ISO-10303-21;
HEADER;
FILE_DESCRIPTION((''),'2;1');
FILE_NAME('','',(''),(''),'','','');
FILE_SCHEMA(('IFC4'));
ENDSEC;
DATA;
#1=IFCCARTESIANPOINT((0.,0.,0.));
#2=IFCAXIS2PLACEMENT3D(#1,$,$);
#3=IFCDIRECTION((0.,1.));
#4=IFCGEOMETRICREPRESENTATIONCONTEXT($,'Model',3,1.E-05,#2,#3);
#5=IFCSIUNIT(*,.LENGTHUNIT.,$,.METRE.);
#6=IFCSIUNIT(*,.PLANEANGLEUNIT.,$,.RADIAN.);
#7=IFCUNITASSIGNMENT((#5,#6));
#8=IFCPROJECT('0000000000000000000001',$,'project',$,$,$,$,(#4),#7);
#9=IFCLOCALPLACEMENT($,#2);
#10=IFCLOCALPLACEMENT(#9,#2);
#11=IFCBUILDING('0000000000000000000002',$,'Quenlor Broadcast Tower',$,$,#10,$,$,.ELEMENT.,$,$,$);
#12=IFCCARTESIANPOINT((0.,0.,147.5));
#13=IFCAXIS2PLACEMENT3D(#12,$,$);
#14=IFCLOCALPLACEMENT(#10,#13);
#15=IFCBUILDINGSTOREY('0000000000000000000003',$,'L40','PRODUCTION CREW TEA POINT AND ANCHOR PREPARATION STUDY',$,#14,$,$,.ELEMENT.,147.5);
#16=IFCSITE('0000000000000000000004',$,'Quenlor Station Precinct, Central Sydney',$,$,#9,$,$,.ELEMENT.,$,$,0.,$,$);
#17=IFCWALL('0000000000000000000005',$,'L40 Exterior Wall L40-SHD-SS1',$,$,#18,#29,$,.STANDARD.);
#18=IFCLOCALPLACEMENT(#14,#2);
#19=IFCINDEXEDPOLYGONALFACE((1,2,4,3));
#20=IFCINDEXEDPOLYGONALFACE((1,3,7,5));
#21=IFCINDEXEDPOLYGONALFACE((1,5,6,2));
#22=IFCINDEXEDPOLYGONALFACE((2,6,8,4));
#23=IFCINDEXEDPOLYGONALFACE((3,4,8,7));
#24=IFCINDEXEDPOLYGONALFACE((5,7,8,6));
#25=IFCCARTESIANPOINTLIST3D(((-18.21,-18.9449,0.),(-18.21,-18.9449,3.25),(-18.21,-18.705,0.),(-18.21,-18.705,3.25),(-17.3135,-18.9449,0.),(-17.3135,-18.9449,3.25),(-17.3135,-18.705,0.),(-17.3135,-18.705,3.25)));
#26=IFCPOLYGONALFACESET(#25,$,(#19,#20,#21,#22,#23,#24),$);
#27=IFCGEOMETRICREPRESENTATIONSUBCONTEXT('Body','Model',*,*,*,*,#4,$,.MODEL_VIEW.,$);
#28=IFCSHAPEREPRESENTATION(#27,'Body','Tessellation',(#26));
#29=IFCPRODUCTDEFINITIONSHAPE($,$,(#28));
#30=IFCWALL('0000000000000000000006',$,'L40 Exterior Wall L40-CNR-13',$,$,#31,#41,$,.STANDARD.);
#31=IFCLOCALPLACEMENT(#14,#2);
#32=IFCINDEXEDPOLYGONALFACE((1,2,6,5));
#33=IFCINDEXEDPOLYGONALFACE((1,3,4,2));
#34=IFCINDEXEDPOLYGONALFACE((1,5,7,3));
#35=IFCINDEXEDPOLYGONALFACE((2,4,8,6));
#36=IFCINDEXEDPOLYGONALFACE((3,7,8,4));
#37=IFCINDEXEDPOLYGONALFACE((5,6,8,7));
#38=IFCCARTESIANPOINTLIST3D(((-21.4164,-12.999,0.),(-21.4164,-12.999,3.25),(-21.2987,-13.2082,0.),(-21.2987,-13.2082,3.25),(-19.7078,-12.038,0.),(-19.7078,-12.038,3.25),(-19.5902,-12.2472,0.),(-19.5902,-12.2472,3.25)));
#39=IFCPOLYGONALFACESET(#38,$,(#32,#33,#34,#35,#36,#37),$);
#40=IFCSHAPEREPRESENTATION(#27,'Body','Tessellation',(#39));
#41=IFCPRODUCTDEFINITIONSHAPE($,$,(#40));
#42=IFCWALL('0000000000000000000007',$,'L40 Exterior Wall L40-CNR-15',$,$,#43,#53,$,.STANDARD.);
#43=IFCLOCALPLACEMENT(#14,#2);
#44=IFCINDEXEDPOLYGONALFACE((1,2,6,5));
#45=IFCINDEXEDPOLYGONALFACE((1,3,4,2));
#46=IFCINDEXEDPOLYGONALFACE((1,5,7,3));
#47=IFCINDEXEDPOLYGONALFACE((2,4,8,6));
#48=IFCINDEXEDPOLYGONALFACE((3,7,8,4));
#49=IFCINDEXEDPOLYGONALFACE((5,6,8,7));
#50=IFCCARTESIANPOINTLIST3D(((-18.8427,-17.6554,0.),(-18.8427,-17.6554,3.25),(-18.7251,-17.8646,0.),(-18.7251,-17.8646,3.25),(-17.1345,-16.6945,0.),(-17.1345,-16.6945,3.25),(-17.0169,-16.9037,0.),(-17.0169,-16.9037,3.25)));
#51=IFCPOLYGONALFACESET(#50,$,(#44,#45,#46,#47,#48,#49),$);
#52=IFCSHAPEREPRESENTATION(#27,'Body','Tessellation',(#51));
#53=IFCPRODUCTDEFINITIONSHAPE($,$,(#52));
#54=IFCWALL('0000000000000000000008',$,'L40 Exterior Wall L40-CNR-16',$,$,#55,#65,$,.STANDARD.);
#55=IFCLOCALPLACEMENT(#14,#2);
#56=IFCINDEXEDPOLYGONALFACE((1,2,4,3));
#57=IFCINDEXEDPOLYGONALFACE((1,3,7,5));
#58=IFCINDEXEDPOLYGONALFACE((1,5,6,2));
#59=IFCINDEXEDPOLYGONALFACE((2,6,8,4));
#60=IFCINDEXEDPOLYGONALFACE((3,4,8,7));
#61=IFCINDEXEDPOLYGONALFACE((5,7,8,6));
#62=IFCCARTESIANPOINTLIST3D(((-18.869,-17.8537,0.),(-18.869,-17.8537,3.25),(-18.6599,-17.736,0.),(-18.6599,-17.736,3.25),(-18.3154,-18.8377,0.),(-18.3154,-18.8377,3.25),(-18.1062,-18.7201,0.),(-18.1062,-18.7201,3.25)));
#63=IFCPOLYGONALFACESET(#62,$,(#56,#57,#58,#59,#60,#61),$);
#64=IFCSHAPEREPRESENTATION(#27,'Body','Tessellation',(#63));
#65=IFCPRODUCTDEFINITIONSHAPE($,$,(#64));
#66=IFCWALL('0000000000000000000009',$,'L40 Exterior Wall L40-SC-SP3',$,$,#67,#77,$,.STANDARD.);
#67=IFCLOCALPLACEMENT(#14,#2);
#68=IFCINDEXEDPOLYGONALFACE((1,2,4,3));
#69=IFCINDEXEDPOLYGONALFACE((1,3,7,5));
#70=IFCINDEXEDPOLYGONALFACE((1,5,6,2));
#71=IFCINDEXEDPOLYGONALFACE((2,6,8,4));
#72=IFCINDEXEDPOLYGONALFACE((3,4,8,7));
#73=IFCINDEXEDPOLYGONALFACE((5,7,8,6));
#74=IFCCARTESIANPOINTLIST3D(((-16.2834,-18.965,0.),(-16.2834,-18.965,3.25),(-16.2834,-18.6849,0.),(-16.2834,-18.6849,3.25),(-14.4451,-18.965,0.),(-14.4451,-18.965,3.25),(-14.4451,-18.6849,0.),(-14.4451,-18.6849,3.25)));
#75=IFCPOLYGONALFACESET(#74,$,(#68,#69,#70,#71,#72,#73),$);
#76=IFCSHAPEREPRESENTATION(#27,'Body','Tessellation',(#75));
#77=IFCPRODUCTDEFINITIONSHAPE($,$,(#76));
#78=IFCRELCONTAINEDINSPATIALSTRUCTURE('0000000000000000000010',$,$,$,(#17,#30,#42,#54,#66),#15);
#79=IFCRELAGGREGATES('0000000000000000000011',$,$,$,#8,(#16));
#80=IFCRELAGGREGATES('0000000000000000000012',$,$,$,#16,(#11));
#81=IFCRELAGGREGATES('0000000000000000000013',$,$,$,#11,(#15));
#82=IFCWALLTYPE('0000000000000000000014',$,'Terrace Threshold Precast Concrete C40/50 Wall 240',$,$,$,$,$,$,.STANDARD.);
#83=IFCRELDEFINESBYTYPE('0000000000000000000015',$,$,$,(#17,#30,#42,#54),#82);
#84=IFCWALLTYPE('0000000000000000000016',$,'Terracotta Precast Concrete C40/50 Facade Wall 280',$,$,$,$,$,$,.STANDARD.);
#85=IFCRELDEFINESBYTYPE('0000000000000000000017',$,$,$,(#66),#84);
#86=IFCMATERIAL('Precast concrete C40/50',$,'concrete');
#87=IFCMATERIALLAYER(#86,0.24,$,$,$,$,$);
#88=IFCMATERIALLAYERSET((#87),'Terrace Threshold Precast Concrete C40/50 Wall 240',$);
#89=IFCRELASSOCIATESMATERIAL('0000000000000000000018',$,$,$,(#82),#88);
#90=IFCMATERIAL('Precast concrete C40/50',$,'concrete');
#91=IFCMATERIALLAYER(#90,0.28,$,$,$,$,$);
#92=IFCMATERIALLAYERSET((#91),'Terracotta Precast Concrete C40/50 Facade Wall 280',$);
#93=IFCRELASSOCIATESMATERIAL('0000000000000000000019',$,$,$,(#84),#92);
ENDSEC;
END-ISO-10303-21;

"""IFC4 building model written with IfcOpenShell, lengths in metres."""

from ifc_helpers import new_model, si_unit, direction, frame, frame_2d, origin, place, context, subcontext, project, spatial, rectangle, extrude, material, layer, layer_set, type_object, element, save


model = new_model("IFC4")

# Units and contexts
model_context = context("Model", 3, precision=1e-05, world=origin(), true_north=direction((0.0, 1.0)))
body_context = subcontext(model_context, "Body", "Model", "MODEL_VIEW")
ifc_project = project(units=[si_unit("LENGTHUNIT", "METRE"), si_unit("PLANEANGLEUNIT", "RADIAN")], contexts=[model_context])

# Site, building, storey
site_placement = place(None, origin())
site = spatial("IfcSite", under=ifc_project, at=site_placement, Name="Quenlor Station Precinct, Central Sydney", CompositionType="ELEMENT", RefElevation=0.0)
building_placement = place(site_placement, origin())
building = spatial("IfcBuilding", under=site, at=building_placement, Name="Quenlor Broadcast Tower", CompositionType="ELEMENT")
storey_placement = place(building_placement, frame((0.0, 0.0, 147.5)))
storey = spatial("IfcBuildingStorey", under=building, at=storey_placement, Name="L40", Description="PRODUCTION CREW TEA POINT AND ANCHOR PREPARATION STUDY", CompositionType="ELEMENT", Elevation=147.5)

# Walls
ifc_material_1 = material(Name="Precast concrete C40/50", Category="concrete")
ifc_layer_1 = layer(ifc_material_1, 0.24)
ifc_layer_set_1 = layer_set([ifc_layer_1], Name="Terrace Threshold Precast Concrete C40/50 Wall 240")
wall_type_1 = type_object("IfcWallType", Name="Terrace Threshold Precast Concrete C40/50 Wall 240", PredefinedType="STANDARD", material=ifc_layer_set_1)
wall_1_placement = place(storey_placement, frame((-17.3135, -18.825, 0.0), z_axis=(0.0, 0.0, 1.0), x_axis=(-1.0, 0.0, 0.0)))
element("IfcWall", 1, at=wall_1_placement, inside=storey, type_object=wall_type_1, Name="L40 Exterior Wall L40-SHD-SS1", PredefinedType="STANDARD", context=body_context, shape_type="SweptSolid", body=[
    extrude(rectangle(XDim=0.8965, YDim=0.24, at=frame_2d((0.4482, 0.0))), origin(), (0.0, 0.0, 1.0), 3.25),
])
wall_2_placement = place(storey_placement, frame((-21.3574, -13.1035, 0.0), z_axis=(0.0, 0.0, 1.0), x_axis=(0.871595, 0.490226, 0.0)))
element("IfcWall", 2, at=wall_2_placement, inside=storey, type_object=wall_type_1, Name="L40 Exterior Wall L40-CNR-13", PredefinedType="STANDARD", context=body_context, shape_type="SweptSolid", body=[
    extrude(rectangle(XDim=1.9602, YDim=0.24, at=frame_2d((0.98, 0.0))), origin(), (0.0, 0.0, 1.0), 3.25),
])
wall_3_placement = place(storey_placement, frame((-17.0757, -16.7991, 0.0), z_axis=(0.0, 0.0, 1.0), x_axis=(-0.871566, -0.490279, 0.0)))
element("IfcWall", 3, at=wall_3_placement, inside=storey, type_object=wall_type_1, Name="L40 Exterior Wall L40-CNR-15", PredefinedType="STANDARD", context=body_context, shape_type="SweptSolid", body=[
    extrude(rectangle(XDim=1.96, YDim=0.24, at=frame_2d((0.98, 0.0))), origin(), (0.0, 0.0, 1.0), 3.25),
])
wall_4_placement = place(storey_placement, frame((-18.7644, -17.7949, 0.0), z_axis=(0.0, 0.0, 1.0), x_axis=(0.490354, -0.871524, 0.0)))
element("IfcWall", 4, at=wall_4_placement, inside=storey, type_object=wall_type_1, Name="L40 Exterior Wall L40-CNR-16", PredefinedType="STANDARD", context=body_context, shape_type="SweptSolid", body=[
    extrude(rectangle(XDim=1.1292, YDim=0.24, at=frame_2d((0.5645, 0.0))), origin(), (0.0, 0.0, 1.0), 3.25),
])
ifc_material_2 = material(Name="Precast concrete C40/50", Category="concrete")
ifc_layer_2 = layer(ifc_material_2, 0.28)
ifc_layer_set_2 = layer_set([ifc_layer_2], Name="Terracotta Precast Concrete C40/50 Facade Wall 280")
wall_type_2 = type_object("IfcWallType", Name="Terracotta Precast Concrete C40/50 Facade Wall 280", PredefinedType="STANDARD", material=ifc_layer_set_2)
wall_5_placement = place(storey_placement, frame((-14.4451, -18.825, 0.0), z_axis=(0.0, 0.0, 1.0), x_axis=(-1.0, 0.0, 0.0)))
element("IfcWall", 5, at=wall_5_placement, inside=storey, type_object=wall_type_2, Name="L40 Exterior Wall L40-SC-SP3", PredefinedType="STANDARD", context=body_context, shape_type="SweptSolid", body=[
    extrude(rectangle(XDim=1.8384, YDim=0.28, at=frame_2d((0.9192, 0.0))), origin(), (0.0, 0.0, 1.0), 3.25),
])

save(model, "model.ifc")
